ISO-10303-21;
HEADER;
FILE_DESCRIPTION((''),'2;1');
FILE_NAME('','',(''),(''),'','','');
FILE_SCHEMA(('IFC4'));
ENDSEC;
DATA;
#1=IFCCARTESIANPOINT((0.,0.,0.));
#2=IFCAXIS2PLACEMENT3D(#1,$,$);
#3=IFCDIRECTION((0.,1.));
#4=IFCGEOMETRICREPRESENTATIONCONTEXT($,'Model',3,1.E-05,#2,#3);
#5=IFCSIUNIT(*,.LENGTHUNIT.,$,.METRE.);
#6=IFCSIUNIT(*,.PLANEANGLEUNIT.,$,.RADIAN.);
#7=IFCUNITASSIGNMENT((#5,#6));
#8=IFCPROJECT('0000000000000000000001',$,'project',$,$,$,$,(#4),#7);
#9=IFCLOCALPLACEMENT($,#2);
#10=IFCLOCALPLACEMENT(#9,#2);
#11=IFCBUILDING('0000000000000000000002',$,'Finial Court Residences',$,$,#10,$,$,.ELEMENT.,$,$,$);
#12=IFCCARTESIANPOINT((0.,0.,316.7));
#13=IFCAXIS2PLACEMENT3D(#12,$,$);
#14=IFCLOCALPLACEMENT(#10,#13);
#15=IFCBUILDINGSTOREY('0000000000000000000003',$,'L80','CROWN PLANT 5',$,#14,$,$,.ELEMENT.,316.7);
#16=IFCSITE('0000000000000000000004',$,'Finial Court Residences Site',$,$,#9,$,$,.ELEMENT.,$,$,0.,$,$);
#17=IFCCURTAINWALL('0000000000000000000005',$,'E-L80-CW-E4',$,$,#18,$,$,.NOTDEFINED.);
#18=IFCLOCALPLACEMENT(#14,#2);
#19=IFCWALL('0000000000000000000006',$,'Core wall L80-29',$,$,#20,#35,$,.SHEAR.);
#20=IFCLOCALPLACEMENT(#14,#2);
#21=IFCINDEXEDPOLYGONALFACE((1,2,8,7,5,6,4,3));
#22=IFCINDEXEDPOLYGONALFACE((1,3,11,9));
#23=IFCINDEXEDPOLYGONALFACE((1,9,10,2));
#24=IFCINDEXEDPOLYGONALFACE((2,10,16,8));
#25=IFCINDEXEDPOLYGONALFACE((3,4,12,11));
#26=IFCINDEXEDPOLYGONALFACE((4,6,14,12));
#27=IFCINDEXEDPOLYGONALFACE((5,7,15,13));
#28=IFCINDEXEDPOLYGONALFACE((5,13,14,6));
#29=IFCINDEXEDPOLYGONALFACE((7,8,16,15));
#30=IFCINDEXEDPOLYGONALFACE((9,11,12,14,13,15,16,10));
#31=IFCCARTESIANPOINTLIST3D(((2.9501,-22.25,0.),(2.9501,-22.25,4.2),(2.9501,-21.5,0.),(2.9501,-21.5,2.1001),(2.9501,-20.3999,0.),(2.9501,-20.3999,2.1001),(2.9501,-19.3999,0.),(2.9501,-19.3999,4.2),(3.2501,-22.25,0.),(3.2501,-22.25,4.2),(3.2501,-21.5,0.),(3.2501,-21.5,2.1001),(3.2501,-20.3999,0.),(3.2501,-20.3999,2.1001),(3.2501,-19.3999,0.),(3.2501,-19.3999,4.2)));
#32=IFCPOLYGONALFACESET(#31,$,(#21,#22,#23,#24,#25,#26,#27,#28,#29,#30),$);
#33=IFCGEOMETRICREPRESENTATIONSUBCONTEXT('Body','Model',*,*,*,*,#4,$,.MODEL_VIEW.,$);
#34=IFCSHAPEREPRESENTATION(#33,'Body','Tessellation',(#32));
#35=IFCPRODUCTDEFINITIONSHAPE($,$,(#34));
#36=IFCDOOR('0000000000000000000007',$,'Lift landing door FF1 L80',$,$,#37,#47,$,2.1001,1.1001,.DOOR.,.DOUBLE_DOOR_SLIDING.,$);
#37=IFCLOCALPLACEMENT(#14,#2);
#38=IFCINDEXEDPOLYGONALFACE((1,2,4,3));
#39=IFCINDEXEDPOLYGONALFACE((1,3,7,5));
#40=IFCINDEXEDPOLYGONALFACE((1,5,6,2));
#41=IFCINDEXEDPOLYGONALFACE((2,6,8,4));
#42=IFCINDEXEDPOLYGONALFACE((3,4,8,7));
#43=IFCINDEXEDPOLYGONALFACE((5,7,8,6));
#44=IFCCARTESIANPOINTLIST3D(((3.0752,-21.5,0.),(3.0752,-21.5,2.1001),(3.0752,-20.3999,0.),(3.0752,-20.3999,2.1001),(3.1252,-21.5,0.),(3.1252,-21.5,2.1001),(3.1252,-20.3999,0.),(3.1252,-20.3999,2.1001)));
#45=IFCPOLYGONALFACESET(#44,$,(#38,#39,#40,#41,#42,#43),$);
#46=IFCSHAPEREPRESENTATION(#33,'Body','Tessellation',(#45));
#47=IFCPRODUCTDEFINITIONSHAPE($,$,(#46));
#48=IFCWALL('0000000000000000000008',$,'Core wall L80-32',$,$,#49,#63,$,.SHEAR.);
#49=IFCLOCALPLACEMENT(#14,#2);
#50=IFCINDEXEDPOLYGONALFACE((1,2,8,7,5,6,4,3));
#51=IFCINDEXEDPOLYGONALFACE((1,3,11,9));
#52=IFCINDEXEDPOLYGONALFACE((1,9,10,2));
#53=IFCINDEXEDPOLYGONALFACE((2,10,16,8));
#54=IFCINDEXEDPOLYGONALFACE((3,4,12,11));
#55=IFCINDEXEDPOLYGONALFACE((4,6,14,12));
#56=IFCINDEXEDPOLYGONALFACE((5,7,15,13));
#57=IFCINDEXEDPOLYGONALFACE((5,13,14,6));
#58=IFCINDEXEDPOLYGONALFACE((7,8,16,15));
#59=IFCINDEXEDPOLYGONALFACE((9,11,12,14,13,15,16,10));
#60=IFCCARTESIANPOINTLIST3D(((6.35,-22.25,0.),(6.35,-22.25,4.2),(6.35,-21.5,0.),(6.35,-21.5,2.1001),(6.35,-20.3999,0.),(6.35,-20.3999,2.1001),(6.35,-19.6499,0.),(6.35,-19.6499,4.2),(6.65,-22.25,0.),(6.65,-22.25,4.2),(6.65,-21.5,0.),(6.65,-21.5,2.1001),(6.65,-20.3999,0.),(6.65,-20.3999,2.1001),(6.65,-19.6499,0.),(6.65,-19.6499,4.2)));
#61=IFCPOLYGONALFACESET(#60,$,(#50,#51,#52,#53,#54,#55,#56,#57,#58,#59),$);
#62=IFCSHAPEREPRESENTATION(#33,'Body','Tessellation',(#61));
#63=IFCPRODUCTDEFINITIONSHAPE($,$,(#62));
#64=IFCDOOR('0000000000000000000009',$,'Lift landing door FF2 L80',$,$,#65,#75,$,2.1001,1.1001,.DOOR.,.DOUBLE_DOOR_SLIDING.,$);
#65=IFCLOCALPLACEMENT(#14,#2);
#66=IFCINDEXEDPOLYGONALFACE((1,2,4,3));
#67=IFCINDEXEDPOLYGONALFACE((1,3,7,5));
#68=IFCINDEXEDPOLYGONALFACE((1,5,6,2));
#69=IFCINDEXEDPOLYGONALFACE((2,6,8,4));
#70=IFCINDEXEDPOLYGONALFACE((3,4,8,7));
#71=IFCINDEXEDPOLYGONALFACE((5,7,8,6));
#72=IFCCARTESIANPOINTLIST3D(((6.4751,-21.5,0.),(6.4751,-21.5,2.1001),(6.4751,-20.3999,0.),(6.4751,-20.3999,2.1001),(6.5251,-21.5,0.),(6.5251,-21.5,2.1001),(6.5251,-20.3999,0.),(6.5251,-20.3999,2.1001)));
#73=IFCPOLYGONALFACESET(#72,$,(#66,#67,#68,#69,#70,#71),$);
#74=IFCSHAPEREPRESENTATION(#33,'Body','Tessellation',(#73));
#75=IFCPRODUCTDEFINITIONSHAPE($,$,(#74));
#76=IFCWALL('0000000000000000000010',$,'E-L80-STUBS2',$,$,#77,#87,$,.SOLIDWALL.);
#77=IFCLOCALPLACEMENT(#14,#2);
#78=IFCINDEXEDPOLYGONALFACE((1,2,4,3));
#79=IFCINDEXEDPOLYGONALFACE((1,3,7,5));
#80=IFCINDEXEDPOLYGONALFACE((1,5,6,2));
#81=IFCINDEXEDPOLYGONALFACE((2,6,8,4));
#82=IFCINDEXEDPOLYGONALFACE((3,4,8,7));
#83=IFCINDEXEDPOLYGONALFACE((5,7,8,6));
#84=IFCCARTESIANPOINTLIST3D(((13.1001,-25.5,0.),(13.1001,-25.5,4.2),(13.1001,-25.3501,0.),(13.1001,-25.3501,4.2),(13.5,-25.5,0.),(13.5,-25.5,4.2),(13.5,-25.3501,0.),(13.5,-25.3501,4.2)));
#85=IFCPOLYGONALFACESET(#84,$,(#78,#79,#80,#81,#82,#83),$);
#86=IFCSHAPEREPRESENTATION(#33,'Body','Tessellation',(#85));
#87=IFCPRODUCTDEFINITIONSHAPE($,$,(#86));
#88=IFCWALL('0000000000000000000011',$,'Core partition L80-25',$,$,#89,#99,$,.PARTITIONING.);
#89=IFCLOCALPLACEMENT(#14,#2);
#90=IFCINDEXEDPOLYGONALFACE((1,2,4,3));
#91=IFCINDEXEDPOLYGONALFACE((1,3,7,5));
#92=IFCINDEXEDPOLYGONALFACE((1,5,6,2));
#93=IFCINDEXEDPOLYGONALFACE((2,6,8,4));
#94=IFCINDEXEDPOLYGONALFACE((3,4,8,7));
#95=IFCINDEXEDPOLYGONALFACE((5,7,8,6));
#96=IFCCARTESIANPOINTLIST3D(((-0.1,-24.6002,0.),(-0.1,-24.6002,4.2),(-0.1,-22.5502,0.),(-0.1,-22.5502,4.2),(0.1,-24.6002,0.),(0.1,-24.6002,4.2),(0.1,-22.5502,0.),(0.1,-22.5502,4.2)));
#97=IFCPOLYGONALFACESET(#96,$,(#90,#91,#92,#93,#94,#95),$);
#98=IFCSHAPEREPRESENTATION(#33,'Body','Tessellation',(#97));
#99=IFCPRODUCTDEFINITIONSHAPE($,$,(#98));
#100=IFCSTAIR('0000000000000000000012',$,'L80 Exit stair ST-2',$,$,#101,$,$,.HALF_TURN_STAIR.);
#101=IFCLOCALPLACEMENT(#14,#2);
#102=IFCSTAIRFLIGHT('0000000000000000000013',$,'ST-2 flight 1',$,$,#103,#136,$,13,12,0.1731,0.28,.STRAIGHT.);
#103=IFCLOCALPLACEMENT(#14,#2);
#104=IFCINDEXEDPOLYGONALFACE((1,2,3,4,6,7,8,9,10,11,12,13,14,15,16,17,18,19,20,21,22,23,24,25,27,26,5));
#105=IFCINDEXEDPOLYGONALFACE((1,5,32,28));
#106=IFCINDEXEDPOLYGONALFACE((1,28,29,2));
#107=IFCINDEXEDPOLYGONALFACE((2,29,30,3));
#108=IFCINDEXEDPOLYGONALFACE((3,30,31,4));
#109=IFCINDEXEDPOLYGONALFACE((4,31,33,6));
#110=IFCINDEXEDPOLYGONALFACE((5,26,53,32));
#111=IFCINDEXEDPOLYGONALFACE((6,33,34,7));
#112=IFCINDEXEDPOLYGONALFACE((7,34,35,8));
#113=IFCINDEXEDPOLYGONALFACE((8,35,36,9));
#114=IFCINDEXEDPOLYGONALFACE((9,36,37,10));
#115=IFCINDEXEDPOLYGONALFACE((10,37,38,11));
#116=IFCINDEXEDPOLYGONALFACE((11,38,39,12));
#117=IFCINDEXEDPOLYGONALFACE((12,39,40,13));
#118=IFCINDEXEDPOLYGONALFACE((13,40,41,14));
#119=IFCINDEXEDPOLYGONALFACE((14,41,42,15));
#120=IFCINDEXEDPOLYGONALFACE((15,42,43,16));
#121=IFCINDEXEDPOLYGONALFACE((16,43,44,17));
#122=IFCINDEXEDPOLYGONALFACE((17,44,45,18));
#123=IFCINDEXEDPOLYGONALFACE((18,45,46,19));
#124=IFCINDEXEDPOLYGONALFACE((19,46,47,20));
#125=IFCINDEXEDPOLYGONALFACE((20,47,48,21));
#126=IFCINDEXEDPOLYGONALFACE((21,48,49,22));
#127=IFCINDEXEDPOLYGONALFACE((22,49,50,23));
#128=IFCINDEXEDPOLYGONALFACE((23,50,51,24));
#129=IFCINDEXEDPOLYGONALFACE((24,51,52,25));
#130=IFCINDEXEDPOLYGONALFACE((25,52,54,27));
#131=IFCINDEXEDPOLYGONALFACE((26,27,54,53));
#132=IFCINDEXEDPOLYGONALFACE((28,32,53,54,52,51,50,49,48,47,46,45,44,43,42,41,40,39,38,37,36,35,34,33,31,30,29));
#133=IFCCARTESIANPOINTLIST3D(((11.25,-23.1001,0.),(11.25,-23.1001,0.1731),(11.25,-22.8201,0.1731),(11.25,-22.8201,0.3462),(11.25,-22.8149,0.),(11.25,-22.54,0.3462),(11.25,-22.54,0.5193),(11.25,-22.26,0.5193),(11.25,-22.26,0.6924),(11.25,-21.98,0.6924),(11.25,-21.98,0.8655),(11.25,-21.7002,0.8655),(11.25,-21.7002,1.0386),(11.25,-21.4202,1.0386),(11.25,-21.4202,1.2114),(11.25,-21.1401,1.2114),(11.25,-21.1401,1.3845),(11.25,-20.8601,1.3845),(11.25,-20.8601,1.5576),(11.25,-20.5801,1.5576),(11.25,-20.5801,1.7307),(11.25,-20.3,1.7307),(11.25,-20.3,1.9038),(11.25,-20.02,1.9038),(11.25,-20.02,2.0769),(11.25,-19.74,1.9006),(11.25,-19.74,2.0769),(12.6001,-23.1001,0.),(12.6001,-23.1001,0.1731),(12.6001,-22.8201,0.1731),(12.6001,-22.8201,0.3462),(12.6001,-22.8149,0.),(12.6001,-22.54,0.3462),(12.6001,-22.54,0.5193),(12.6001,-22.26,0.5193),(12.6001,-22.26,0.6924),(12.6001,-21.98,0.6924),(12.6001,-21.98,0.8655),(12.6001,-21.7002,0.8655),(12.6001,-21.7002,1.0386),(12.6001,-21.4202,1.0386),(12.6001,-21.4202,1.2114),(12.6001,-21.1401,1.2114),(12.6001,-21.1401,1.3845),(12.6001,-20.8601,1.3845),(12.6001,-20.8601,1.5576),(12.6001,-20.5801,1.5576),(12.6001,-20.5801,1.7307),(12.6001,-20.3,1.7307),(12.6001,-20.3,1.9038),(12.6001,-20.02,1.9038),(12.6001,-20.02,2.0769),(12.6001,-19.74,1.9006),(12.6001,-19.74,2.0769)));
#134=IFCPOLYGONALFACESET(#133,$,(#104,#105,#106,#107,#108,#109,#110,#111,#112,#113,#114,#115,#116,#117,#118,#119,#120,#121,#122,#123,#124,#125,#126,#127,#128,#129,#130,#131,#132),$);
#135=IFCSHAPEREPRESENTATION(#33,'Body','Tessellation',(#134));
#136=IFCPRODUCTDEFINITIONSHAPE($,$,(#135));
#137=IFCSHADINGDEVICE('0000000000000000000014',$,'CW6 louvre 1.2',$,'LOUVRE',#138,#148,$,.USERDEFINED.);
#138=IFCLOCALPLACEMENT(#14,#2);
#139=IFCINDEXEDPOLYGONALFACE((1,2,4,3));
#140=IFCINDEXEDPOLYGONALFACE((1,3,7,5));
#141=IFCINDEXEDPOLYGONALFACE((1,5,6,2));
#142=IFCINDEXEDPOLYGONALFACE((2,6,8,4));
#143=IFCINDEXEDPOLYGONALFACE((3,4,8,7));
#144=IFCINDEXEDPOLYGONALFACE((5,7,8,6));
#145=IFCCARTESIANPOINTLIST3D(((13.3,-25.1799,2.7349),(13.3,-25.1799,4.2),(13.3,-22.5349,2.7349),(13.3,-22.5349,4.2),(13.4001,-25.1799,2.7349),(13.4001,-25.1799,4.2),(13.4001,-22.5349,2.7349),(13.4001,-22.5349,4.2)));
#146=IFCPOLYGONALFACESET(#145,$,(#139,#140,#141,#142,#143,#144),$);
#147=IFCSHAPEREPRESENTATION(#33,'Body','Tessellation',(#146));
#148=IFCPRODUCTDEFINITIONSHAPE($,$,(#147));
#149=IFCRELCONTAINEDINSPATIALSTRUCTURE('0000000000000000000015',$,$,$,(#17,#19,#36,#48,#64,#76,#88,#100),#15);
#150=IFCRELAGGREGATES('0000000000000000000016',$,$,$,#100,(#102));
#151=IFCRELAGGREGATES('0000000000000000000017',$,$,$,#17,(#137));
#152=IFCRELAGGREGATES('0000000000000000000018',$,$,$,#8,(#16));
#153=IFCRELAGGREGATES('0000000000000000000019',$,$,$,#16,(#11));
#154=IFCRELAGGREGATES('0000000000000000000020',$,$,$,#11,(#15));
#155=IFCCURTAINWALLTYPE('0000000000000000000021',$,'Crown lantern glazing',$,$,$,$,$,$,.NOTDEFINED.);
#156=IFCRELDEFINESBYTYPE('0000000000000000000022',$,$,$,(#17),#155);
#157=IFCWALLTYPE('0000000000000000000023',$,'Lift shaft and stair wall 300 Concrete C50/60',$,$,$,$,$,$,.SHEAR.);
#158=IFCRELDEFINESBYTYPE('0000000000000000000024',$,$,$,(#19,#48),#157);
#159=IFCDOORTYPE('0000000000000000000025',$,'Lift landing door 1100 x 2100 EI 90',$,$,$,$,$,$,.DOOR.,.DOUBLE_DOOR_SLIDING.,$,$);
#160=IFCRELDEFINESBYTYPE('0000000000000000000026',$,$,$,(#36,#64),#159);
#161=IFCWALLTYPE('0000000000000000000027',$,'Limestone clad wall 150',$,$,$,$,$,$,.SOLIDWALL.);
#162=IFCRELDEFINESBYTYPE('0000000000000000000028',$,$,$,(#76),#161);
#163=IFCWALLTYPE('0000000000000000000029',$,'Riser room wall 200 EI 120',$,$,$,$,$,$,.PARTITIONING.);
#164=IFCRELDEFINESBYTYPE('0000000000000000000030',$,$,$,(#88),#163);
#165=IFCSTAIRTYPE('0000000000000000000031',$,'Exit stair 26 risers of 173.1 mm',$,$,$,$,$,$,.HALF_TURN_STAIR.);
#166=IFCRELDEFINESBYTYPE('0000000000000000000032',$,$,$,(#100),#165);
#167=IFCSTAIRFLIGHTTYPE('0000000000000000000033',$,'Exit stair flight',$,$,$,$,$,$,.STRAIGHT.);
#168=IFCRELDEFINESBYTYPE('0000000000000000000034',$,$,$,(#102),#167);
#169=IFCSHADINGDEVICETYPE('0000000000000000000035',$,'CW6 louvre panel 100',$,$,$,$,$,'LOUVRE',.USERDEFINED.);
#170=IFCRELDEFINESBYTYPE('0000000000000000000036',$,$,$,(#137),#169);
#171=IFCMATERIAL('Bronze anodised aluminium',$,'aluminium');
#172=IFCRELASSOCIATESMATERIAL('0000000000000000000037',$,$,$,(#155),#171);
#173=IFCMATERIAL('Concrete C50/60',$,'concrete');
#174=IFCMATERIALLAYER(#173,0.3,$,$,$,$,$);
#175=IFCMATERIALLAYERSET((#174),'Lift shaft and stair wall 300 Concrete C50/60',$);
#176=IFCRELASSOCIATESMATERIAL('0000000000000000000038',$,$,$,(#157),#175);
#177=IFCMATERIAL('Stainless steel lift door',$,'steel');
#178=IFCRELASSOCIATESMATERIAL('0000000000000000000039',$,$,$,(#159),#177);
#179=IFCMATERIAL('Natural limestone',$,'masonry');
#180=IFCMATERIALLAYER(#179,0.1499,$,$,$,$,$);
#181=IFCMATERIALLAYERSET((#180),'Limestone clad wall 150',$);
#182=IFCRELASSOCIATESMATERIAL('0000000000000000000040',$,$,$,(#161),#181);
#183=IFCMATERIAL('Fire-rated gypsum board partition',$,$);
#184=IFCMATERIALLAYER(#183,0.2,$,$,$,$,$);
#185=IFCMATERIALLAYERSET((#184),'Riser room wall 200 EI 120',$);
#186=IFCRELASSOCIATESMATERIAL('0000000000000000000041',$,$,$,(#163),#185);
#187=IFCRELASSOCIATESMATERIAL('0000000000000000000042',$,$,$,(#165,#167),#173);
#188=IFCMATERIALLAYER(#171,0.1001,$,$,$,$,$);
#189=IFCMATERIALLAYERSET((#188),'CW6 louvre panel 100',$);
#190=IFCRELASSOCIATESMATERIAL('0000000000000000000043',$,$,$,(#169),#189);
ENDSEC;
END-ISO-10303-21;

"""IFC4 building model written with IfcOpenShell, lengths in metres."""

from ifc_helpers import new_model, si_unit, direction, frame, frame_2d, origin, origin_2d, place, context, subcontext, project, spatial, polyline, rectangle, outline, extrude, material, layer, layer_set, type_object, element, fill, aggregate, save


model = new_model("IFC4")

# Units and contexts
model_context = context("Model", 3, precision=1e-05, world=origin(), true_north=direction((0.0, 1.0)))
body_context = subcontext(model_context, "Body", "Model", "MODEL_VIEW")
ifc_project = project(units=[si_unit("LENGTHUNIT", "METRE"), si_unit("PLANEANGLEUNIT", "RADIAN")], contexts=[model_context])

# Site, building, storey
site_placement = place(None, origin())
site = spatial("IfcSite", under=ifc_project, at=site_placement, Name="Finial Court Residences Site", CompositionType="ELEMENT", RefElevation=0.0)
building_placement = place(site_placement, origin())
building = spatial("IfcBuilding", under=site, at=building_placement, Name="Finial Court Residences", CompositionType="ELEMENT")
storey_placement = place(building_placement, frame((0.0, 0.0, 316.7)))
storey = spatial("IfcBuildingStorey", under=building, at=storey_placement, Name="L80", Description="CROWN PLANT 5", CompositionType="ELEMENT", Elevation=316.7)

# Curtain wall
ifc_material_1 = material(Name="Bronze anodised aluminium", Category="aluminium")
curtain_wall_type = type_object("IfcCurtainWallType", Name="Crown lantern glazing", PredefinedType="NOTDEFINED", material=ifc_material_1)
curtain_wall_placement = place(storey_placement, origin())
curtain_wall = element("IfcCurtainWall", 1, at=curtain_wall_placement, inside=storey, type_object=curtain_wall_type, Name="E-L80-CW-E4", PredefinedType="NOTDEFINED")

# Shared definitions
ifc_material_2 = material(Name="Concrete C50/60", Category="concrete")

# Shared definitions
ifc_material_3 = material(Name="Fire-rated gypsum board partition")

# Shared definitions
ifc_layer_1 = layer(ifc_material_2, 0.3)
ifc_layer_set_1 = layer_set([ifc_layer_1], Name="Lift shaft and stair wall 300 Concrete C50/60")
wall_type_1 = type_object("IfcWallType", Name="Lift shaft and stair wall 300 Concrete C50/60", PredefinedType="SHEAR", material=ifc_layer_set_1)

# Walls, openings, doors
wall_1_placement = place(storey_placement, frame((3.1001, -22.25, 0.0), z_axis=(0.0, 0.0, 1.0), x_axis=(0.0, 1.0, 0.0)))
wall_1 = element("IfcWall", 2, at=wall_1_placement, inside=storey, type_object=wall_type_1, Name="Core wall L80-29", PredefinedType="SHEAR", context=body_context, shape_type="SweptSolid", body=[
    extrude(rectangle(XDim=2.8501, YDim=0.3, at=frame_2d((1.425, 0.0))), origin(), (0.0, 0.0, 1.0), 4.2),
])
opening_1_placement = place(wall_1_placement, frame((0.75, 0.0, 0.0)))
opening_1 = element("IfcOpeningElement", 3, at=opening_1_placement, cuts=wall_1, PredefinedType="OPENING", context=body_context, shape_type="SweptSolid", body=[
    extrude(rectangle(XDim=1.1001, YDim=2.1001, at=frame_2d((0.55, 1.05))), frame((0.0, 0.1599, 0.0), z_axis=(0.0, -1.0, 0.0), x_axis=(1.0, 0.0, 0.0)), (0.0, 0.0, 1.0), 0.3201),
])
ifc_material_4 = material(Name="Stainless steel lift door", Category="steel")
door_type_1 = type_object("IfcDoorType", Name="Lift landing door 1100 x 2100 EI 90", OperationType="DOUBLE_DOOR_SLIDING", PredefinedType="DOOR", material=ifc_material_4)
door_1_placement = place(opening_1_placement, origin())
door_1 = element("IfcDoor", 4, at=door_1_placement, inside=storey, type_object=door_type_1, Name="Lift landing door FF1 L80", OperationType="DOUBLE_DOOR_SLIDING", OverallHeight=2.1001, OverallWidth=1.1001, PredefinedType="DOOR", context=body_context, shape_type="SweptSolid", body=[
    extrude(rectangle(XDim=1.1001, YDim=2.1001, at=frame_2d((0.55, 1.05))), frame((0.0, 0.0249, 0.0), z_axis=(0.0, -1.0, 0.0), x_axis=(1.0, 0.0, 0.0)), (0.0, 0.0, 1.0), 0.05),
])
fill(opening_1, door_1)
wall_2_placement = place(storey_placement, frame((6.5, -22.25, 0.0), z_axis=(0.0, 0.0, 1.0), x_axis=(0.0, 1.0, 0.0)))
wall_2 = element("IfcWall", 5, at=wall_2_placement, inside=storey, type_object=wall_type_1, Name="Core wall L80-32", PredefinedType="SHEAR", context=body_context, shape_type="SweptSolid", body=[
    extrude(rectangle(XDim=2.6001, YDim=0.3, at=frame_2d((1.3, 0.0))), origin(), (0.0, 0.0, 1.0), 4.2),
])
opening_2_placement = place(wall_2_placement, frame((0.75, 0.0, 0.0)))
opening_2 = element("IfcOpeningElement", 6, at=opening_2_placement, cuts=wall_2, PredefinedType="OPENING", context=body_context, shape_type="SweptSolid", body=[
    extrude(rectangle(XDim=1.1001, YDim=2.1001, at=frame_2d((0.55, 1.05))), frame((0.0, 0.1599, 0.0), z_axis=(0.0, -1.0, 0.0), x_axis=(1.0, 0.0, 0.0)), (0.0, 0.0, 1.0), 0.3201),
])
door_2_placement = place(opening_2_placement, origin())
door_2 = element("IfcDoor", 7, at=door_2_placement, inside=storey, type_object=door_type_1, Name="Lift landing door FF2 L80", OperationType="DOUBLE_DOOR_SLIDING", OverallHeight=2.1001, OverallWidth=1.1001, PredefinedType="DOOR", context=body_context, shape_type="SweptSolid", body=[
    extrude(rectangle(XDim=1.1001, YDim=2.1001, at=frame_2d((0.55, 1.05))), frame((0.0, 0.0249, 0.0), z_axis=(0.0, -1.0, 0.0), x_axis=(1.0, 0.0, 0.0)), (0.0, 0.0, 1.0), 0.05),
])
fill(opening_2, door_2)

# Walls
ifc_material_5 = material(Name="Natural limestone", Category="masonry")
ifc_layer_2 = layer(ifc_material_5, 0.1499)
ifc_layer_set_2 = layer_set([ifc_layer_2], Name="Limestone clad wall 150")
wall_type_2 = type_object("IfcWallType", Name="Limestone clad wall 150", PredefinedType="SOLIDWALL", material=ifc_layer_set_2)
wall_3_placement = place(storey_placement, frame((13.5, -25.425, 0.0), z_axis=(0.0, 0.0, 1.0), x_axis=(-1.0, 0.0, 0.0)))
element("IfcWall", 8, at=wall_3_placement, inside=storey, type_object=wall_type_2, Name="E-L80-STUBS2", PredefinedType="SOLIDWALL", context=body_context, shape_type="SweptSolid", body=[
    extrude(rectangle(XDim=0.3999, YDim=0.1499, at=frame_2d((0.2, 0.0))), origin(), (0.0, 0.0, 1.0), 4.2),
])
ifc_layer_3 = layer(ifc_material_3, 0.2)
ifc_layer_set_3 = layer_set([ifc_layer_3], Name="Riser room wall 200 EI 120")
wall_type_3 = type_object("IfcWallType", Name="Riser room wall 200 EI 120", PredefinedType="PARTITIONING", material=ifc_layer_set_3)
wall_4_placement = place(storey_placement, frame((0.0, -24.6001, 0.0), z_axis=(0.0, 0.0, 1.0), x_axis=(0.0, 1.0, 0.0)))
element("IfcWall", 9, at=wall_4_placement, inside=storey, type_object=wall_type_3, Name="Core partition L80-25", PredefinedType="PARTITIONING", context=body_context, shape_type="SweptSolid", body=[
    extrude(rectangle(XDim=2.05, YDim=0.2, at=frame_2d((1.0249, 0.0))), origin(), (0.0, 0.0, 1.0), 4.2),
])

# Stair, stair flight
stair_type = type_object("IfcStairType", Name="Exit stair 26 risers of 173.1 mm", PredefinedType="HALF_TURN_STAIR", material=ifc_material_2)
stair_placement = place(storey_placement, origin())
stair = element("IfcStair", 10, at=stair_placement, inside=storey, type_object=stair_type, Name="L80 Exit stair ST-2", PredefinedType="HALF_TURN_STAIR")
stair_flight_type = type_object("IfcStairFlightType", Name="Exit stair flight", PredefinedType="STRAIGHT", material=ifc_material_2)
stair_flight_placement = place(storey_placement, frame((11.925, -23.1001, 0.0), z_axis=(0.0, 0.0, 1.0), x_axis=(0.0, 1.0, 0.0)))
stair_flight = element("IfcStairFlight", 11, at=stair_flight_placement, type_object=stair_flight_type, Name="ST-2 flight 1", NumberOfRisers=13, NumberOfTreads=12, PredefinedType="STRAIGHT", RiserHeight=0.1731, TreadLength=0.28, context=body_context, shape_type="SweptSolid", body=[
    extrude(outline(polyline([(0.0, 0.0), (0.0, 0.1731), (0.28, 0.1731), (0.28, 0.3462), (0.5601, 0.3462), (0.5601, 0.5193), (0.8401, 0.5193), (0.8401, 0.6924), (1.1201, 0.6924), (1.1201, 0.8655), (1.3999, 0.8655), (1.3999, 1.0386), (1.6799, 1.0386), (1.6799, 1.2114), (1.96, 1.2114), (1.96, 1.3845), (2.24, 1.3845), (2.24, 1.5576), (2.52, 1.5576), (2.52, 1.7307), (2.8, 1.7307), (2.8, 1.9038), (3.0801, 1.9038), (3.0801, 2.0769), (3.3601, 2.0769), (3.3601, 2.25), (3.3601, 1.9006), (0.2852, 0.0), (0.0, 0.0)])), frame((0.0, 0.675, 0.0), z_axis=(0.0, -1.0, 0.0), x_axis=(1.0, 0.0, 0.0)), (0.0, 0.0, 1.0), 1.3501),
])
aggregate(stair, [stair_flight])

# Shading device
ifc_layer_4 = layer(ifc_material_1, 0.1001)
ifc_layer_set_4 = layer_set([ifc_layer_4], Name="CW6 louvre panel 100")
shading_device_type = type_object("IfcShadingDeviceType", Name="CW6 louvre panel 100", ElementType="LOUVRE", PredefinedType="USERDEFINED", material=ifc_layer_set_4)
shading_device_placement = place(storey_placement, frame((13.3501, -23.8574, 2.7349), z_axis=(0.0, 0.0, 1.0), x_axis=(0.0, 1.0, 0.0)))
shading_device = element("IfcShadingDevice", 12, at=shading_device_placement, type_object=shading_device_type, Name="CW6 louvre 1.2", ObjectType="LOUVRE", PredefinedType="USERDEFINED", context=body_context, shape_type="SweptSolid", body=[
    extrude(rectangle(XDim=2.645, YDim=0.1001, at=origin_2d()), origin(), (0.0, 0.0, 1.0), 1.4651),
])
aggregate(curtain_wall, [shading_device])

save(model, "model.ifc")
